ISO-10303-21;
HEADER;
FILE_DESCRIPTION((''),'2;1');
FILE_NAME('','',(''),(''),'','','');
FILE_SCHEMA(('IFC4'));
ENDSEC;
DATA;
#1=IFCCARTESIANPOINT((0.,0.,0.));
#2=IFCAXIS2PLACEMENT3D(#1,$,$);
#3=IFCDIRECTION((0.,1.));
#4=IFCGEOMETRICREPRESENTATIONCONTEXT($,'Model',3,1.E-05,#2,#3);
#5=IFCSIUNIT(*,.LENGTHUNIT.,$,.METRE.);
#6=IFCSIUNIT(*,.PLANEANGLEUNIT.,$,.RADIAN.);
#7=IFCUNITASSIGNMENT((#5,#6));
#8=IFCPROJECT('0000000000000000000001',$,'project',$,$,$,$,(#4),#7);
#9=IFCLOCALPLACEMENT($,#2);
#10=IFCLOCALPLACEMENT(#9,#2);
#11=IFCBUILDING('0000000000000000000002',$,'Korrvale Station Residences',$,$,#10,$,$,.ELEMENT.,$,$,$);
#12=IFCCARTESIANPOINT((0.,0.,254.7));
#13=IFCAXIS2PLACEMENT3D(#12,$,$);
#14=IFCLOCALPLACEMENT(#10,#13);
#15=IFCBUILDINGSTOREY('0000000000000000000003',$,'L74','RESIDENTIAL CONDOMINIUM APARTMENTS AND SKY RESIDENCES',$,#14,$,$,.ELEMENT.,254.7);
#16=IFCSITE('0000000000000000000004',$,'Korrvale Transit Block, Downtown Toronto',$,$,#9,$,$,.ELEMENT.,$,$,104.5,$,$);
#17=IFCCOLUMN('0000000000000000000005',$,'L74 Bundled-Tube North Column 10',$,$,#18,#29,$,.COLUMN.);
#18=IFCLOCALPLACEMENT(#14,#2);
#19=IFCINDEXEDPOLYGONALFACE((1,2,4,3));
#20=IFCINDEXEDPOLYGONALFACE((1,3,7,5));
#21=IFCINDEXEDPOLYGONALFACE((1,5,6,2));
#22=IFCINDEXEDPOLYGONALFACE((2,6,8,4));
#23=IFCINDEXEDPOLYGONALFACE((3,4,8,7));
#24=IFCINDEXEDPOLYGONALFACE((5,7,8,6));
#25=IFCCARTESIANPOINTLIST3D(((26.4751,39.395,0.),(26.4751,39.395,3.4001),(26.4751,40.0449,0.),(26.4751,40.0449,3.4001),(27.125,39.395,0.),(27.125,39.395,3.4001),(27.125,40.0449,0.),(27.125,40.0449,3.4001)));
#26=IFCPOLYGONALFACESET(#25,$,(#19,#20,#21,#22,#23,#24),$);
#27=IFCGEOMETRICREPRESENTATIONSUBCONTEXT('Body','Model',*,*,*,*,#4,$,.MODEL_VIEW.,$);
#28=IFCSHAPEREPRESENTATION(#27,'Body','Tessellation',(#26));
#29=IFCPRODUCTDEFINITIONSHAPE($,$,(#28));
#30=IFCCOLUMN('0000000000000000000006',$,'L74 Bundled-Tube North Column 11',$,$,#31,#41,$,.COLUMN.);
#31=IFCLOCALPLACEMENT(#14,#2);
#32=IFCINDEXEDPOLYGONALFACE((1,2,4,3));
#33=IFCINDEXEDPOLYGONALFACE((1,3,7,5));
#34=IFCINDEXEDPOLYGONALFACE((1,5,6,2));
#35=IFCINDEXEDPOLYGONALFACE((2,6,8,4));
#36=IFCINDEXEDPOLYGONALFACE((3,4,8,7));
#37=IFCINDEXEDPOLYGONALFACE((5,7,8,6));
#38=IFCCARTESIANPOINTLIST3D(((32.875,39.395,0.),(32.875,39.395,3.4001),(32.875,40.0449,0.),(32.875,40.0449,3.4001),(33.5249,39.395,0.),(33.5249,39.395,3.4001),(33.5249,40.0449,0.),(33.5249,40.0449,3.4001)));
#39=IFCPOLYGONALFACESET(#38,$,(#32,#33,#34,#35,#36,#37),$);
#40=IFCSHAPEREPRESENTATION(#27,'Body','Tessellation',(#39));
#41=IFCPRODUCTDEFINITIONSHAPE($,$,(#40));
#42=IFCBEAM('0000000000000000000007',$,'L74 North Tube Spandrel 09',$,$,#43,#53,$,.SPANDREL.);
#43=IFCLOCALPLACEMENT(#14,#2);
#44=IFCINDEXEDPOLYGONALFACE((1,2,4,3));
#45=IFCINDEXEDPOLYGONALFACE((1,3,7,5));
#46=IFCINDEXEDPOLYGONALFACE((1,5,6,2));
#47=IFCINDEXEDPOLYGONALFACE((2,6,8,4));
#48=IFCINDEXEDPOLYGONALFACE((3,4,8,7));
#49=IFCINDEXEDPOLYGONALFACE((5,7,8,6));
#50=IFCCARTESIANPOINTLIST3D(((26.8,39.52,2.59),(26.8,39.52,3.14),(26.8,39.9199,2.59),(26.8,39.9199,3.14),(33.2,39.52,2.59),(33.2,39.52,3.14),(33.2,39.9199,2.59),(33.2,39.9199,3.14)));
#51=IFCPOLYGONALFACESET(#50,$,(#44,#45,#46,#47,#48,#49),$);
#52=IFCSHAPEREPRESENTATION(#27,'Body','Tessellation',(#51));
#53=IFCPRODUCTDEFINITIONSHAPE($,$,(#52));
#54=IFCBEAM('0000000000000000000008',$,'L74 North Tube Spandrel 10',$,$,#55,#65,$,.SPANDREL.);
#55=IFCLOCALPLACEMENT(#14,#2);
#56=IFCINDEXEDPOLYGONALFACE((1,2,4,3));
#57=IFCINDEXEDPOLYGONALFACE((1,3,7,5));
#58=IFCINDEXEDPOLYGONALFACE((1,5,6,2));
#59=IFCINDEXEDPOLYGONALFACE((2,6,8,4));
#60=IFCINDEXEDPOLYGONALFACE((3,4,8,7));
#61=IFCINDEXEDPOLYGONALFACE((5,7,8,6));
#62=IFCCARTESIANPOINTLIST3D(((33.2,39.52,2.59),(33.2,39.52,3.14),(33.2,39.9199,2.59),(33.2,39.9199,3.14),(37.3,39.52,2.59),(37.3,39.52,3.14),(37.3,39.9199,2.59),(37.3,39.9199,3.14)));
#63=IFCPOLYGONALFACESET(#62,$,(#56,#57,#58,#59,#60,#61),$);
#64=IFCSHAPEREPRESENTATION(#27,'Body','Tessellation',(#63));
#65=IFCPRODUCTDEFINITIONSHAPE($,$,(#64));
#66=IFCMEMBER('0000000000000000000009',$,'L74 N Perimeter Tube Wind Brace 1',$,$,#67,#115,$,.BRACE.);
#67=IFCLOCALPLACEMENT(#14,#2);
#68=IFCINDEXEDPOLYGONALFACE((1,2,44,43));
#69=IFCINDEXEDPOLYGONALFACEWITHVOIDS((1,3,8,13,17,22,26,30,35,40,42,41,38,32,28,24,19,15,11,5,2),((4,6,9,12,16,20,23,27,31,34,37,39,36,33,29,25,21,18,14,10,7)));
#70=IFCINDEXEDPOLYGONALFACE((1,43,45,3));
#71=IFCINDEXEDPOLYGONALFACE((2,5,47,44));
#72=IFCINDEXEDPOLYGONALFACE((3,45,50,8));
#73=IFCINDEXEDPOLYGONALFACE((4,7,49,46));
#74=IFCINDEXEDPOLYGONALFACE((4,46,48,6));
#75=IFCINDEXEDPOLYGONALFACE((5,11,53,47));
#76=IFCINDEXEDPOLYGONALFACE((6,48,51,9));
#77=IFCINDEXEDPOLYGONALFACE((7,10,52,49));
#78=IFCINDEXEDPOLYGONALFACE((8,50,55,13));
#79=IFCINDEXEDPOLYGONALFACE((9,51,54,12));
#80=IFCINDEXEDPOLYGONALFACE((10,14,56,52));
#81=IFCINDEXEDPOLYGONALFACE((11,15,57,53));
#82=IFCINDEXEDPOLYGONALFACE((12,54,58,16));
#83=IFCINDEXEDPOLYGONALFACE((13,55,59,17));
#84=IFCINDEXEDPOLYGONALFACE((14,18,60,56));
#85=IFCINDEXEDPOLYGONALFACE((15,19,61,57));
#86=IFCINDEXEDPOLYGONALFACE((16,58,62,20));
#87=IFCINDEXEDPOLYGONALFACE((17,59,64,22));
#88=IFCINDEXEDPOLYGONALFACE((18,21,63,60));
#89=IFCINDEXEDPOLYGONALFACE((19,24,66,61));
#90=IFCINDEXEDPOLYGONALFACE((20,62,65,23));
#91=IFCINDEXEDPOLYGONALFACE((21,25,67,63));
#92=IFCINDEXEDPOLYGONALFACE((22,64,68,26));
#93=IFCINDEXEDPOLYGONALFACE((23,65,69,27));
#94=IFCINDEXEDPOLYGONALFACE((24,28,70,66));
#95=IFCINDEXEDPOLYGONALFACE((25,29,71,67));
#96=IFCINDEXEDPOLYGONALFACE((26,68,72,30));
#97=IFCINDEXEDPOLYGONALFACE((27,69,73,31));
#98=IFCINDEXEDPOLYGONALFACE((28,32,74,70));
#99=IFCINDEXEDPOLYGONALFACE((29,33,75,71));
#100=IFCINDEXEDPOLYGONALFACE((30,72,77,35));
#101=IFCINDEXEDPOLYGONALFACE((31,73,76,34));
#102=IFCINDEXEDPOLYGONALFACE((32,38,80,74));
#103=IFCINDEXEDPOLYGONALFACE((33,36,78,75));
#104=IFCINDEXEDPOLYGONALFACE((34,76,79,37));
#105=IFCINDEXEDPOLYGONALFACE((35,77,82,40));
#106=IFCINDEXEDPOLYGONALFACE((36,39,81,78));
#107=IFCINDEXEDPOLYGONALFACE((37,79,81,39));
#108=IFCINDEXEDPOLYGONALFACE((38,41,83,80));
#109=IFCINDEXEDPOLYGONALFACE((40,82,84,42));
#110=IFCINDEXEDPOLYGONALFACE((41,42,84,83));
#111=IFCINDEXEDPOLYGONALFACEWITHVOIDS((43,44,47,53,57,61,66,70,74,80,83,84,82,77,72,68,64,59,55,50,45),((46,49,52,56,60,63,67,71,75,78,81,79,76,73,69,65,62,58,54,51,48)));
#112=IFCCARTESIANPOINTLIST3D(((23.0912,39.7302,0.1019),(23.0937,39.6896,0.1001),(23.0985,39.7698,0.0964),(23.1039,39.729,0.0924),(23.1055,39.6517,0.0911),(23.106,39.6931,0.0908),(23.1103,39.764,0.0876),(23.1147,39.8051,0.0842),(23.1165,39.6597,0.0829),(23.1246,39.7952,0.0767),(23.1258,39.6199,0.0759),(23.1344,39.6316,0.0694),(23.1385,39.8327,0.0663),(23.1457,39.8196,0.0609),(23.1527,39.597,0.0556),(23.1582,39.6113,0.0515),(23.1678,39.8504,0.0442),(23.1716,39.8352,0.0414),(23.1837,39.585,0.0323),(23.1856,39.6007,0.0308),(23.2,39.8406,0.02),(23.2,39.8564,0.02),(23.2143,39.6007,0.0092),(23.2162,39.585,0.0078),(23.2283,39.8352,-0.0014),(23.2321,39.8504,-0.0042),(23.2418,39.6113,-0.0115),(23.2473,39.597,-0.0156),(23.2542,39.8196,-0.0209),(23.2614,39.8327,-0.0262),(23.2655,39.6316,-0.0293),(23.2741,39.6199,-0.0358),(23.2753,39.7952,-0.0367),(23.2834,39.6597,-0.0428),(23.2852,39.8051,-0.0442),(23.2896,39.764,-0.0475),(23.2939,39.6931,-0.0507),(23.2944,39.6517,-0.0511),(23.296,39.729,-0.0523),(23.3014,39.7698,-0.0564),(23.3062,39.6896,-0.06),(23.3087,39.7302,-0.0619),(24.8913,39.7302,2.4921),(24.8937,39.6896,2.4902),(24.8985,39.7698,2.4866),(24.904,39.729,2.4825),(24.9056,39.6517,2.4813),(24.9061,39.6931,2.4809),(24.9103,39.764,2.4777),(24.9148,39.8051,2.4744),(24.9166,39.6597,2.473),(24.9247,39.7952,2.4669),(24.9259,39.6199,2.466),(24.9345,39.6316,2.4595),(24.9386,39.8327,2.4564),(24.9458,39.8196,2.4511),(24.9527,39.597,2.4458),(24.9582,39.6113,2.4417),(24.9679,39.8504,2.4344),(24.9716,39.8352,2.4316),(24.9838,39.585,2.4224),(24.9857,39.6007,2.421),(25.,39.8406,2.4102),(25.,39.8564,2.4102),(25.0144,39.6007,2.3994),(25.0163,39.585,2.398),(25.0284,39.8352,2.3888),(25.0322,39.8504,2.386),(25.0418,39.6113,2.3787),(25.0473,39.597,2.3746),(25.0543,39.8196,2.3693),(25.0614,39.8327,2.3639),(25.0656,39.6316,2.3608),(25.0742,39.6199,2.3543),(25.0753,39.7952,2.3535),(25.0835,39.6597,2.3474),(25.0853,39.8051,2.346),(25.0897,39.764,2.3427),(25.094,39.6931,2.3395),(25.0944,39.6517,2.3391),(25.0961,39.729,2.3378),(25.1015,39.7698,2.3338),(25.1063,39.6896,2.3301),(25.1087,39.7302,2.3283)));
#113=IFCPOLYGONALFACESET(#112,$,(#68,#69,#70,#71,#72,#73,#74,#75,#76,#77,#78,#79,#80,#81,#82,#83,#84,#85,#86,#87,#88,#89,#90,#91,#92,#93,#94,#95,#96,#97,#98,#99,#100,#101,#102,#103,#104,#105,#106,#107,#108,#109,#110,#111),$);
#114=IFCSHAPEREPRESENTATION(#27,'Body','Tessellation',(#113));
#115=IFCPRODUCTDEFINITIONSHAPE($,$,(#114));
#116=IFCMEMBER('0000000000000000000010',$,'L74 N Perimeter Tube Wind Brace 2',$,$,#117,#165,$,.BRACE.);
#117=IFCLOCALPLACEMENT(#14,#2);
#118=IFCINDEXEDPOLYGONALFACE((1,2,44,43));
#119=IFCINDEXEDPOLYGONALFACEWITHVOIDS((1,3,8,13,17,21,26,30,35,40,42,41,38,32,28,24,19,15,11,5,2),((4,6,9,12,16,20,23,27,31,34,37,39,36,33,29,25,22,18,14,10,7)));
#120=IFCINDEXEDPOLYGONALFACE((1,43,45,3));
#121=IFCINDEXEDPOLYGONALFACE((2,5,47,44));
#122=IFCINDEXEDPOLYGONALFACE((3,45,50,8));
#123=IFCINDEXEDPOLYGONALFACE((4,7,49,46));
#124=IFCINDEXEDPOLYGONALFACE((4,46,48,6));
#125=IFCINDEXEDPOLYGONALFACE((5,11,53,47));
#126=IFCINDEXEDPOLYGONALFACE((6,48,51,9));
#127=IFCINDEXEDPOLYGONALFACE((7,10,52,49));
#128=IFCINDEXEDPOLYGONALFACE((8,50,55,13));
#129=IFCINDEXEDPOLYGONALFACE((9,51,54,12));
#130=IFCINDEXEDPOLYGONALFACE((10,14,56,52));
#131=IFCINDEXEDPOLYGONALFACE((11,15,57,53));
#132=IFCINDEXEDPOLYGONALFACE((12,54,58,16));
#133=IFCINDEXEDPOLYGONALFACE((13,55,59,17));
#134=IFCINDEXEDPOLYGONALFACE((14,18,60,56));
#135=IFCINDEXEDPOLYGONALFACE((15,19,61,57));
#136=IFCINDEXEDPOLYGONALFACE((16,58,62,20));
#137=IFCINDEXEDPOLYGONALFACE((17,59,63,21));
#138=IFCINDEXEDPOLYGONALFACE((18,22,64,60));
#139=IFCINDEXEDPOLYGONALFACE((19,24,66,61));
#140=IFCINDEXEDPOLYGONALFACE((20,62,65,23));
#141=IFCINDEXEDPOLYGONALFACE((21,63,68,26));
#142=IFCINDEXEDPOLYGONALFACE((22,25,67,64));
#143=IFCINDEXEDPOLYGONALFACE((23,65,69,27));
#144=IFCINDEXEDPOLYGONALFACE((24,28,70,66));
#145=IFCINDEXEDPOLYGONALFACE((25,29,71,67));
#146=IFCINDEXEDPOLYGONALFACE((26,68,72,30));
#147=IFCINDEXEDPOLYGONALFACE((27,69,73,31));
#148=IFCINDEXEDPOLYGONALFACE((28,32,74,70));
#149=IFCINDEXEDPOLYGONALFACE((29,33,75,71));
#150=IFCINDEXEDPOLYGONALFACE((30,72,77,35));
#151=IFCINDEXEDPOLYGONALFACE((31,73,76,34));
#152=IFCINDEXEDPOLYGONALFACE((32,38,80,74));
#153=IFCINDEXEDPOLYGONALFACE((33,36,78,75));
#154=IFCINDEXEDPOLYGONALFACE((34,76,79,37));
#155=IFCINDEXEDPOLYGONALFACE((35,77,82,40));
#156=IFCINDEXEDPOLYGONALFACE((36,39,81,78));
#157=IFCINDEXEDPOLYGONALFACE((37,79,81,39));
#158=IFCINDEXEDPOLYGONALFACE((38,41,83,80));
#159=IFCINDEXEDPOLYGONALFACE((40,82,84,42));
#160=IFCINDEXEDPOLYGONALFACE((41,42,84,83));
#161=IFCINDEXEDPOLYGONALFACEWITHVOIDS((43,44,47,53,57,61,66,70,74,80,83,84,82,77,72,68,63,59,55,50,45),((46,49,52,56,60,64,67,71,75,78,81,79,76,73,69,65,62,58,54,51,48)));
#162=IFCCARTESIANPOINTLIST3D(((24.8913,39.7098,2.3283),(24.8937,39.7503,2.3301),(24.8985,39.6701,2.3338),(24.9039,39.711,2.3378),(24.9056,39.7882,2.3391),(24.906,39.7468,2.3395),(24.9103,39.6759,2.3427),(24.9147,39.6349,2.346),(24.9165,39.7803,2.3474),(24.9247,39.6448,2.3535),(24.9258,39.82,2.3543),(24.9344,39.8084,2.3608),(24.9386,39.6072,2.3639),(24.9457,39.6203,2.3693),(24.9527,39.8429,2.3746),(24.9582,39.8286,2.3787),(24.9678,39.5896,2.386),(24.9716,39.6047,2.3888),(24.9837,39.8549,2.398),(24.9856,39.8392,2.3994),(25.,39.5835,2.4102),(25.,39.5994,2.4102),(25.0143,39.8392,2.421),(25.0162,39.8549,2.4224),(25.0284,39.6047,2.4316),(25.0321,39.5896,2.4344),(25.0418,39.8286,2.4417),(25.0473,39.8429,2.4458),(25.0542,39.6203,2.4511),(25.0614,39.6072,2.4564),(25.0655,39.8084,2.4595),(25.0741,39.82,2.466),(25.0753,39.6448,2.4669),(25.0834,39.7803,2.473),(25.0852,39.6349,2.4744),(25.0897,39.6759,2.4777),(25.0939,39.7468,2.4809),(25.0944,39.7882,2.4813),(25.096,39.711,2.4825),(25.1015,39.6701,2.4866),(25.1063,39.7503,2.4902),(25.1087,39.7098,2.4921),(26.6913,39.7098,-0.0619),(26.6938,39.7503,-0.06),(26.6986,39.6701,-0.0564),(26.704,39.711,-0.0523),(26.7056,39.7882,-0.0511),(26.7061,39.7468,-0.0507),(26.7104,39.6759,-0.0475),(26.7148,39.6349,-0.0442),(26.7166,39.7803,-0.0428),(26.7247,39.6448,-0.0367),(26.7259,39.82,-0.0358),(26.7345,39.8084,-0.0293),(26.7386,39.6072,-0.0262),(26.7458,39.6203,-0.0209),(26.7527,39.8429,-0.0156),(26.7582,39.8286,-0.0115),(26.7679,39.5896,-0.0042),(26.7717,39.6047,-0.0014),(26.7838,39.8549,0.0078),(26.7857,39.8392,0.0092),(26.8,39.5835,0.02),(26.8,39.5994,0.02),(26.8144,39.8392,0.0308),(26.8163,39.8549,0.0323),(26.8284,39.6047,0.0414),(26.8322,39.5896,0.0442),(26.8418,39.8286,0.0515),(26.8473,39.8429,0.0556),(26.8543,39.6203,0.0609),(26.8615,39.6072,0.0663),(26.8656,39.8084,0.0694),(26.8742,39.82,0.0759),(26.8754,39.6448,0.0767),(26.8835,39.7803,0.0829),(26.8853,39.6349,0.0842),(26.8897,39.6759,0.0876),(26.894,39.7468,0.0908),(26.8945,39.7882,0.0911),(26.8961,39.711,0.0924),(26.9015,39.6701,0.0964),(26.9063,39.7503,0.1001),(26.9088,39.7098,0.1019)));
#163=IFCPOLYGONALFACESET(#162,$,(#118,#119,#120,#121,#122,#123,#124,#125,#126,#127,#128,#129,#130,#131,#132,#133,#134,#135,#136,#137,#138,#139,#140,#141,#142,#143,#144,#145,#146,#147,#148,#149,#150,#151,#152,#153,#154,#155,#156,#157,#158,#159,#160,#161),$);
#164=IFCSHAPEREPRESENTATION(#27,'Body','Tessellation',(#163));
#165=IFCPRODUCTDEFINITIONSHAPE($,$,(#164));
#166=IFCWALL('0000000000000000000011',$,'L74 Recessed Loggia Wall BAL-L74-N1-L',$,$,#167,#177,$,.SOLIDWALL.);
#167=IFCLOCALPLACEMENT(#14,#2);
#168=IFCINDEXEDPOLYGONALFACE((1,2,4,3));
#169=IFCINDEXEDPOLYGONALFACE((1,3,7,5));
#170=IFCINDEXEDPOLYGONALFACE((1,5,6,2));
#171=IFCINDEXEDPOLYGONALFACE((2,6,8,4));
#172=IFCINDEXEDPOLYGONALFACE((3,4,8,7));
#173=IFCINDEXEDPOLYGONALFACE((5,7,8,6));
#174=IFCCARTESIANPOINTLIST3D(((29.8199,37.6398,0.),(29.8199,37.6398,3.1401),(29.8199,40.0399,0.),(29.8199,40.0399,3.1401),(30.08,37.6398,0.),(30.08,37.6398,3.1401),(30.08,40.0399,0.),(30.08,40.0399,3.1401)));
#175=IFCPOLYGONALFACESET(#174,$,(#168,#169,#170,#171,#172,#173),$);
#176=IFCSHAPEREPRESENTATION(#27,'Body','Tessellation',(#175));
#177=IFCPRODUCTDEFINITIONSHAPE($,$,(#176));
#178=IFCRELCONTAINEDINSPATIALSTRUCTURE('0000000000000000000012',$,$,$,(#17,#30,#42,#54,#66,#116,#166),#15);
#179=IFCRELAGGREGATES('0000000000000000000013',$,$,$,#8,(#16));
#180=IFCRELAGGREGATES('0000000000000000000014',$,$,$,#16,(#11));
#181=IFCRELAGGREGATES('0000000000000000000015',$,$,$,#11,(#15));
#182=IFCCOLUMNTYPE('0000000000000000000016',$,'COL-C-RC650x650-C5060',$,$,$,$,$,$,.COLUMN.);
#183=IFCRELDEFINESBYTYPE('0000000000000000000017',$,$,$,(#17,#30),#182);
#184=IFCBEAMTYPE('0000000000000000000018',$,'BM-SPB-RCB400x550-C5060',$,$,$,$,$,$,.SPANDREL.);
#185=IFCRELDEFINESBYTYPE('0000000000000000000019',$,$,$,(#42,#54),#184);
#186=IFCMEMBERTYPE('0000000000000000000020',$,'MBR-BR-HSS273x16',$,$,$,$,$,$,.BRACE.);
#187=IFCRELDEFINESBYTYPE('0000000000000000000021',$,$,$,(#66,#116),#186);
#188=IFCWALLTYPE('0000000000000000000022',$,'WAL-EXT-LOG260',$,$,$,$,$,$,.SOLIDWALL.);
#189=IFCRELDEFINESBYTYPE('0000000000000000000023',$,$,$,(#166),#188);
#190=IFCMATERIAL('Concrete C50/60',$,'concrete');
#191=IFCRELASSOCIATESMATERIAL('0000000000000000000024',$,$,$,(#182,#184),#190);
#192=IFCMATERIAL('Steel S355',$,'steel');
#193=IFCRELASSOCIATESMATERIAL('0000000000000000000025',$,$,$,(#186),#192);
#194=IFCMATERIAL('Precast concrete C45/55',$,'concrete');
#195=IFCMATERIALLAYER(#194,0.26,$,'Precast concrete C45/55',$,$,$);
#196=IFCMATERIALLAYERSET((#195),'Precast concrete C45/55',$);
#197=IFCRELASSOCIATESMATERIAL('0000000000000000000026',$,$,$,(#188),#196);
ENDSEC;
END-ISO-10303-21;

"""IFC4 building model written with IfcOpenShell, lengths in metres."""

from ifc_helpers import new_model, si_unit, direction, frame, frame_2d, origin, origin_2d, place, context, subcontext, project, spatial, rectangle, hollow_circle, extrude, material, layer, layer_set, material_profile, profile_set, type_object, element, save


model = new_model("IFC4")

# Units and contexts
model_context = context("Model", 3, precision=1e-05, world=origin(), true_north=direction((0.0, 1.0)))
body_context = subcontext(model_context, "Body", "Model", "MODEL_VIEW")
ifc_project = project(units=[si_unit("LENGTHUNIT", "METRE"), si_unit("PLANEANGLEUNIT", "RADIAN")], contexts=[model_context])

# Site, building, storey
site_placement = place(None, origin())
site = spatial("IfcSite", under=ifc_project, at=site_placement, Name="Korrvale Transit Block, Downtown Toronto", CompositionType="ELEMENT", RefElevation=104.5)
building_placement = place(site_placement, origin())
building = spatial("IfcBuilding", under=site, at=building_placement, Name="Korrvale Station Residences", CompositionType="ELEMENT")
storey_placement = place(building_placement, frame((0.0, 0.0, 254.7)))
storey = spatial("IfcBuildingStorey", under=building, at=storey_placement, Name="L74", Description="RESIDENTIAL CONDOMINIUM APARTMENTS AND SKY RESIDENCES", CompositionType="ELEMENT", Elevation=254.7)

# Columns
ifc_material_1 = material(Name="Concrete C50/60", Category="concrete")
ifc_material_profile_1 = material_profile(ifc_material_1, rectangle(XDim=0.6499, YDim=0.6499, at=origin_2d()), Name="RC650x650")
ifc_profile_set_1 = profile_set([ifc_material_profile_1], Name="Concrete C50/60")
column_type = type_object("IfcColumnType", Name="COL-C-RC650x650-C5060", PredefinedType="COLUMN", material=ifc_profile_set_1)
for number, where, z_axis, x_axis, name in (
    (1, (26.8, 39.72, 0.0), (0.0, 0.0, 1.0), (1.0, 0.0, 0.0), "L74 Bundled-Tube North Column 10"),
    (2, (33.2, 39.72, 0.0), (0.0, 0.0, 1.0), (1.0, 0.0, 0.0), "L74 Bundled-Tube North Column 11"),
):
    element("IfcColumn", number, at=place(storey_placement, frame(where, z_axis=z_axis, x_axis=x_axis)), inside=storey, type_object=column_type, Name=name, PredefinedType="COLUMN", context=body_context, shape_type="SweptSolid", body=[
        extrude(rectangle(XDim=0.6499, YDim=0.6499, at=origin_2d()), origin(), (0.0, 0.0, 1.0), 3.4001),
    ])

# Beams
ifc_material_profile_2 = material_profile(ifc_material_1, rectangle(XDim=0.3999, YDim=0.55, at=origin_2d()), Name="RCB400x550")
ifc_profile_set_2 = profile_set([ifc_material_profile_2], Name="Concrete C50/60")
beam_type = type_object("IfcBeamType", Name="BM-SPB-RCB400x550-C5060", PredefinedType="SPANDREL", material=ifc_profile_set_2)
beam_1_placement = place(storey_placement, frame((26.8, 39.72, 2.865), z_axis=(1.0, 0.0, 0.0), x_axis=(0.0, 1.0, 0.0)))
element("IfcBeam", 3, at=beam_1_placement, inside=storey, type_object=beam_type, Name="L74 North Tube Spandrel 09", PredefinedType="SPANDREL", context=body_context, shape_type="SweptSolid", body=[
    extrude(rectangle(XDim=0.3999, YDim=0.55, at=origin_2d()), origin(), (0.0, 0.0, 1.0), 6.3999),
])
beam_2_placement = place(storey_placement, frame((33.2, 39.72, 2.865), z_axis=(1.0, 0.0, 0.0), x_axis=(0.0, 1.0, 0.0)))
element("IfcBeam", 4, at=beam_2_placement, inside=storey, type_object=beam_type, Name="L74 North Tube Spandrel 10", PredefinedType="SPANDREL", context=body_context, shape_type="SweptSolid", body=[
    extrude(rectangle(XDim=0.3999, YDim=0.55, at=origin_2d()), origin(), (0.0, 0.0, 1.0), 4.1001),
])

# Members
ifc_material_2 = material(Name="Steel S355", Category="steel")
ifc_material_profile_3 = material_profile(ifc_material_2, hollow_circle(Radius=0.1365, WallThickness=0.0159, at=origin_2d()), Name="HSS273x16")
ifc_profile_set_3 = profile_set([ifc_material_profile_3], Name="Steel S355")
member_type = type_object("IfcMemberType", Name="MBR-BR-HSS273x16", PredefinedType="BRACE", material=ifc_profile_set_3)
for number, where, z_axis, x_axis, name in (
    (5, (23.2, 39.72, 0.02), (0.601592, 0.0, 0.798804), (0.0, 1.0, 0.0), "L74 N Perimeter Tube Wind Brace 1"),
    (6, (26.8, 39.72, 0.02), (-0.601592, 0.0, 0.798804), (0.0, -1.0, 0.0), "L74 N Perimeter Tube Wind Brace 2"),
):
    element("IfcMember", number, at=place(storey_placement, frame(where, z_axis=z_axis, x_axis=x_axis)), inside=storey, type_object=member_type, Name=name, PredefinedType="BRACE", context=body_context, shape_type="SweptSolid", body=[
        extrude(hollow_circle(Radius=0.1365, WallThickness=0.0159, at=origin_2d()), origin(), (0.0, 0.0, 1.0), 2.9922),
    ])

# Wall
ifc_material_3 = material(Name="Precast concrete C45/55", Category="concrete")
ifc_layer_1 = layer(ifc_material_3, 0.26, Name="Precast concrete C45/55")
ifc_layer_set_1 = layer_set([ifc_layer_1], Name="Precast concrete C45/55")
wall_type_1 = type_object("IfcWallType", Name="WAL-EXT-LOG260", PredefinedType="SOLIDWALL", material=ifc_layer_set_1)
wall_1_placement = place(storey_placement, frame((29.95, 40.04, 0.0), z_axis=(0.0, 0.0, 1.0), x_axis=(0.0, -1.0, 0.0)))
element("IfcWall", 7, at=wall_1_placement, inside=storey, type_object=wall_type_1, Name="L74 Recessed Loggia Wall BAL-L74-N1-L", PredefinedType="SOLIDWALL", context=body_context, shape_type="SweptSolid", body=[
    extrude(rectangle(XDim=2.4001, YDim=0.26, at=frame_2d((1.2002, 0.0))), origin(), (0.0, 0.0, 1.0), 3.1401),
])

save(model, "model.ifc")
